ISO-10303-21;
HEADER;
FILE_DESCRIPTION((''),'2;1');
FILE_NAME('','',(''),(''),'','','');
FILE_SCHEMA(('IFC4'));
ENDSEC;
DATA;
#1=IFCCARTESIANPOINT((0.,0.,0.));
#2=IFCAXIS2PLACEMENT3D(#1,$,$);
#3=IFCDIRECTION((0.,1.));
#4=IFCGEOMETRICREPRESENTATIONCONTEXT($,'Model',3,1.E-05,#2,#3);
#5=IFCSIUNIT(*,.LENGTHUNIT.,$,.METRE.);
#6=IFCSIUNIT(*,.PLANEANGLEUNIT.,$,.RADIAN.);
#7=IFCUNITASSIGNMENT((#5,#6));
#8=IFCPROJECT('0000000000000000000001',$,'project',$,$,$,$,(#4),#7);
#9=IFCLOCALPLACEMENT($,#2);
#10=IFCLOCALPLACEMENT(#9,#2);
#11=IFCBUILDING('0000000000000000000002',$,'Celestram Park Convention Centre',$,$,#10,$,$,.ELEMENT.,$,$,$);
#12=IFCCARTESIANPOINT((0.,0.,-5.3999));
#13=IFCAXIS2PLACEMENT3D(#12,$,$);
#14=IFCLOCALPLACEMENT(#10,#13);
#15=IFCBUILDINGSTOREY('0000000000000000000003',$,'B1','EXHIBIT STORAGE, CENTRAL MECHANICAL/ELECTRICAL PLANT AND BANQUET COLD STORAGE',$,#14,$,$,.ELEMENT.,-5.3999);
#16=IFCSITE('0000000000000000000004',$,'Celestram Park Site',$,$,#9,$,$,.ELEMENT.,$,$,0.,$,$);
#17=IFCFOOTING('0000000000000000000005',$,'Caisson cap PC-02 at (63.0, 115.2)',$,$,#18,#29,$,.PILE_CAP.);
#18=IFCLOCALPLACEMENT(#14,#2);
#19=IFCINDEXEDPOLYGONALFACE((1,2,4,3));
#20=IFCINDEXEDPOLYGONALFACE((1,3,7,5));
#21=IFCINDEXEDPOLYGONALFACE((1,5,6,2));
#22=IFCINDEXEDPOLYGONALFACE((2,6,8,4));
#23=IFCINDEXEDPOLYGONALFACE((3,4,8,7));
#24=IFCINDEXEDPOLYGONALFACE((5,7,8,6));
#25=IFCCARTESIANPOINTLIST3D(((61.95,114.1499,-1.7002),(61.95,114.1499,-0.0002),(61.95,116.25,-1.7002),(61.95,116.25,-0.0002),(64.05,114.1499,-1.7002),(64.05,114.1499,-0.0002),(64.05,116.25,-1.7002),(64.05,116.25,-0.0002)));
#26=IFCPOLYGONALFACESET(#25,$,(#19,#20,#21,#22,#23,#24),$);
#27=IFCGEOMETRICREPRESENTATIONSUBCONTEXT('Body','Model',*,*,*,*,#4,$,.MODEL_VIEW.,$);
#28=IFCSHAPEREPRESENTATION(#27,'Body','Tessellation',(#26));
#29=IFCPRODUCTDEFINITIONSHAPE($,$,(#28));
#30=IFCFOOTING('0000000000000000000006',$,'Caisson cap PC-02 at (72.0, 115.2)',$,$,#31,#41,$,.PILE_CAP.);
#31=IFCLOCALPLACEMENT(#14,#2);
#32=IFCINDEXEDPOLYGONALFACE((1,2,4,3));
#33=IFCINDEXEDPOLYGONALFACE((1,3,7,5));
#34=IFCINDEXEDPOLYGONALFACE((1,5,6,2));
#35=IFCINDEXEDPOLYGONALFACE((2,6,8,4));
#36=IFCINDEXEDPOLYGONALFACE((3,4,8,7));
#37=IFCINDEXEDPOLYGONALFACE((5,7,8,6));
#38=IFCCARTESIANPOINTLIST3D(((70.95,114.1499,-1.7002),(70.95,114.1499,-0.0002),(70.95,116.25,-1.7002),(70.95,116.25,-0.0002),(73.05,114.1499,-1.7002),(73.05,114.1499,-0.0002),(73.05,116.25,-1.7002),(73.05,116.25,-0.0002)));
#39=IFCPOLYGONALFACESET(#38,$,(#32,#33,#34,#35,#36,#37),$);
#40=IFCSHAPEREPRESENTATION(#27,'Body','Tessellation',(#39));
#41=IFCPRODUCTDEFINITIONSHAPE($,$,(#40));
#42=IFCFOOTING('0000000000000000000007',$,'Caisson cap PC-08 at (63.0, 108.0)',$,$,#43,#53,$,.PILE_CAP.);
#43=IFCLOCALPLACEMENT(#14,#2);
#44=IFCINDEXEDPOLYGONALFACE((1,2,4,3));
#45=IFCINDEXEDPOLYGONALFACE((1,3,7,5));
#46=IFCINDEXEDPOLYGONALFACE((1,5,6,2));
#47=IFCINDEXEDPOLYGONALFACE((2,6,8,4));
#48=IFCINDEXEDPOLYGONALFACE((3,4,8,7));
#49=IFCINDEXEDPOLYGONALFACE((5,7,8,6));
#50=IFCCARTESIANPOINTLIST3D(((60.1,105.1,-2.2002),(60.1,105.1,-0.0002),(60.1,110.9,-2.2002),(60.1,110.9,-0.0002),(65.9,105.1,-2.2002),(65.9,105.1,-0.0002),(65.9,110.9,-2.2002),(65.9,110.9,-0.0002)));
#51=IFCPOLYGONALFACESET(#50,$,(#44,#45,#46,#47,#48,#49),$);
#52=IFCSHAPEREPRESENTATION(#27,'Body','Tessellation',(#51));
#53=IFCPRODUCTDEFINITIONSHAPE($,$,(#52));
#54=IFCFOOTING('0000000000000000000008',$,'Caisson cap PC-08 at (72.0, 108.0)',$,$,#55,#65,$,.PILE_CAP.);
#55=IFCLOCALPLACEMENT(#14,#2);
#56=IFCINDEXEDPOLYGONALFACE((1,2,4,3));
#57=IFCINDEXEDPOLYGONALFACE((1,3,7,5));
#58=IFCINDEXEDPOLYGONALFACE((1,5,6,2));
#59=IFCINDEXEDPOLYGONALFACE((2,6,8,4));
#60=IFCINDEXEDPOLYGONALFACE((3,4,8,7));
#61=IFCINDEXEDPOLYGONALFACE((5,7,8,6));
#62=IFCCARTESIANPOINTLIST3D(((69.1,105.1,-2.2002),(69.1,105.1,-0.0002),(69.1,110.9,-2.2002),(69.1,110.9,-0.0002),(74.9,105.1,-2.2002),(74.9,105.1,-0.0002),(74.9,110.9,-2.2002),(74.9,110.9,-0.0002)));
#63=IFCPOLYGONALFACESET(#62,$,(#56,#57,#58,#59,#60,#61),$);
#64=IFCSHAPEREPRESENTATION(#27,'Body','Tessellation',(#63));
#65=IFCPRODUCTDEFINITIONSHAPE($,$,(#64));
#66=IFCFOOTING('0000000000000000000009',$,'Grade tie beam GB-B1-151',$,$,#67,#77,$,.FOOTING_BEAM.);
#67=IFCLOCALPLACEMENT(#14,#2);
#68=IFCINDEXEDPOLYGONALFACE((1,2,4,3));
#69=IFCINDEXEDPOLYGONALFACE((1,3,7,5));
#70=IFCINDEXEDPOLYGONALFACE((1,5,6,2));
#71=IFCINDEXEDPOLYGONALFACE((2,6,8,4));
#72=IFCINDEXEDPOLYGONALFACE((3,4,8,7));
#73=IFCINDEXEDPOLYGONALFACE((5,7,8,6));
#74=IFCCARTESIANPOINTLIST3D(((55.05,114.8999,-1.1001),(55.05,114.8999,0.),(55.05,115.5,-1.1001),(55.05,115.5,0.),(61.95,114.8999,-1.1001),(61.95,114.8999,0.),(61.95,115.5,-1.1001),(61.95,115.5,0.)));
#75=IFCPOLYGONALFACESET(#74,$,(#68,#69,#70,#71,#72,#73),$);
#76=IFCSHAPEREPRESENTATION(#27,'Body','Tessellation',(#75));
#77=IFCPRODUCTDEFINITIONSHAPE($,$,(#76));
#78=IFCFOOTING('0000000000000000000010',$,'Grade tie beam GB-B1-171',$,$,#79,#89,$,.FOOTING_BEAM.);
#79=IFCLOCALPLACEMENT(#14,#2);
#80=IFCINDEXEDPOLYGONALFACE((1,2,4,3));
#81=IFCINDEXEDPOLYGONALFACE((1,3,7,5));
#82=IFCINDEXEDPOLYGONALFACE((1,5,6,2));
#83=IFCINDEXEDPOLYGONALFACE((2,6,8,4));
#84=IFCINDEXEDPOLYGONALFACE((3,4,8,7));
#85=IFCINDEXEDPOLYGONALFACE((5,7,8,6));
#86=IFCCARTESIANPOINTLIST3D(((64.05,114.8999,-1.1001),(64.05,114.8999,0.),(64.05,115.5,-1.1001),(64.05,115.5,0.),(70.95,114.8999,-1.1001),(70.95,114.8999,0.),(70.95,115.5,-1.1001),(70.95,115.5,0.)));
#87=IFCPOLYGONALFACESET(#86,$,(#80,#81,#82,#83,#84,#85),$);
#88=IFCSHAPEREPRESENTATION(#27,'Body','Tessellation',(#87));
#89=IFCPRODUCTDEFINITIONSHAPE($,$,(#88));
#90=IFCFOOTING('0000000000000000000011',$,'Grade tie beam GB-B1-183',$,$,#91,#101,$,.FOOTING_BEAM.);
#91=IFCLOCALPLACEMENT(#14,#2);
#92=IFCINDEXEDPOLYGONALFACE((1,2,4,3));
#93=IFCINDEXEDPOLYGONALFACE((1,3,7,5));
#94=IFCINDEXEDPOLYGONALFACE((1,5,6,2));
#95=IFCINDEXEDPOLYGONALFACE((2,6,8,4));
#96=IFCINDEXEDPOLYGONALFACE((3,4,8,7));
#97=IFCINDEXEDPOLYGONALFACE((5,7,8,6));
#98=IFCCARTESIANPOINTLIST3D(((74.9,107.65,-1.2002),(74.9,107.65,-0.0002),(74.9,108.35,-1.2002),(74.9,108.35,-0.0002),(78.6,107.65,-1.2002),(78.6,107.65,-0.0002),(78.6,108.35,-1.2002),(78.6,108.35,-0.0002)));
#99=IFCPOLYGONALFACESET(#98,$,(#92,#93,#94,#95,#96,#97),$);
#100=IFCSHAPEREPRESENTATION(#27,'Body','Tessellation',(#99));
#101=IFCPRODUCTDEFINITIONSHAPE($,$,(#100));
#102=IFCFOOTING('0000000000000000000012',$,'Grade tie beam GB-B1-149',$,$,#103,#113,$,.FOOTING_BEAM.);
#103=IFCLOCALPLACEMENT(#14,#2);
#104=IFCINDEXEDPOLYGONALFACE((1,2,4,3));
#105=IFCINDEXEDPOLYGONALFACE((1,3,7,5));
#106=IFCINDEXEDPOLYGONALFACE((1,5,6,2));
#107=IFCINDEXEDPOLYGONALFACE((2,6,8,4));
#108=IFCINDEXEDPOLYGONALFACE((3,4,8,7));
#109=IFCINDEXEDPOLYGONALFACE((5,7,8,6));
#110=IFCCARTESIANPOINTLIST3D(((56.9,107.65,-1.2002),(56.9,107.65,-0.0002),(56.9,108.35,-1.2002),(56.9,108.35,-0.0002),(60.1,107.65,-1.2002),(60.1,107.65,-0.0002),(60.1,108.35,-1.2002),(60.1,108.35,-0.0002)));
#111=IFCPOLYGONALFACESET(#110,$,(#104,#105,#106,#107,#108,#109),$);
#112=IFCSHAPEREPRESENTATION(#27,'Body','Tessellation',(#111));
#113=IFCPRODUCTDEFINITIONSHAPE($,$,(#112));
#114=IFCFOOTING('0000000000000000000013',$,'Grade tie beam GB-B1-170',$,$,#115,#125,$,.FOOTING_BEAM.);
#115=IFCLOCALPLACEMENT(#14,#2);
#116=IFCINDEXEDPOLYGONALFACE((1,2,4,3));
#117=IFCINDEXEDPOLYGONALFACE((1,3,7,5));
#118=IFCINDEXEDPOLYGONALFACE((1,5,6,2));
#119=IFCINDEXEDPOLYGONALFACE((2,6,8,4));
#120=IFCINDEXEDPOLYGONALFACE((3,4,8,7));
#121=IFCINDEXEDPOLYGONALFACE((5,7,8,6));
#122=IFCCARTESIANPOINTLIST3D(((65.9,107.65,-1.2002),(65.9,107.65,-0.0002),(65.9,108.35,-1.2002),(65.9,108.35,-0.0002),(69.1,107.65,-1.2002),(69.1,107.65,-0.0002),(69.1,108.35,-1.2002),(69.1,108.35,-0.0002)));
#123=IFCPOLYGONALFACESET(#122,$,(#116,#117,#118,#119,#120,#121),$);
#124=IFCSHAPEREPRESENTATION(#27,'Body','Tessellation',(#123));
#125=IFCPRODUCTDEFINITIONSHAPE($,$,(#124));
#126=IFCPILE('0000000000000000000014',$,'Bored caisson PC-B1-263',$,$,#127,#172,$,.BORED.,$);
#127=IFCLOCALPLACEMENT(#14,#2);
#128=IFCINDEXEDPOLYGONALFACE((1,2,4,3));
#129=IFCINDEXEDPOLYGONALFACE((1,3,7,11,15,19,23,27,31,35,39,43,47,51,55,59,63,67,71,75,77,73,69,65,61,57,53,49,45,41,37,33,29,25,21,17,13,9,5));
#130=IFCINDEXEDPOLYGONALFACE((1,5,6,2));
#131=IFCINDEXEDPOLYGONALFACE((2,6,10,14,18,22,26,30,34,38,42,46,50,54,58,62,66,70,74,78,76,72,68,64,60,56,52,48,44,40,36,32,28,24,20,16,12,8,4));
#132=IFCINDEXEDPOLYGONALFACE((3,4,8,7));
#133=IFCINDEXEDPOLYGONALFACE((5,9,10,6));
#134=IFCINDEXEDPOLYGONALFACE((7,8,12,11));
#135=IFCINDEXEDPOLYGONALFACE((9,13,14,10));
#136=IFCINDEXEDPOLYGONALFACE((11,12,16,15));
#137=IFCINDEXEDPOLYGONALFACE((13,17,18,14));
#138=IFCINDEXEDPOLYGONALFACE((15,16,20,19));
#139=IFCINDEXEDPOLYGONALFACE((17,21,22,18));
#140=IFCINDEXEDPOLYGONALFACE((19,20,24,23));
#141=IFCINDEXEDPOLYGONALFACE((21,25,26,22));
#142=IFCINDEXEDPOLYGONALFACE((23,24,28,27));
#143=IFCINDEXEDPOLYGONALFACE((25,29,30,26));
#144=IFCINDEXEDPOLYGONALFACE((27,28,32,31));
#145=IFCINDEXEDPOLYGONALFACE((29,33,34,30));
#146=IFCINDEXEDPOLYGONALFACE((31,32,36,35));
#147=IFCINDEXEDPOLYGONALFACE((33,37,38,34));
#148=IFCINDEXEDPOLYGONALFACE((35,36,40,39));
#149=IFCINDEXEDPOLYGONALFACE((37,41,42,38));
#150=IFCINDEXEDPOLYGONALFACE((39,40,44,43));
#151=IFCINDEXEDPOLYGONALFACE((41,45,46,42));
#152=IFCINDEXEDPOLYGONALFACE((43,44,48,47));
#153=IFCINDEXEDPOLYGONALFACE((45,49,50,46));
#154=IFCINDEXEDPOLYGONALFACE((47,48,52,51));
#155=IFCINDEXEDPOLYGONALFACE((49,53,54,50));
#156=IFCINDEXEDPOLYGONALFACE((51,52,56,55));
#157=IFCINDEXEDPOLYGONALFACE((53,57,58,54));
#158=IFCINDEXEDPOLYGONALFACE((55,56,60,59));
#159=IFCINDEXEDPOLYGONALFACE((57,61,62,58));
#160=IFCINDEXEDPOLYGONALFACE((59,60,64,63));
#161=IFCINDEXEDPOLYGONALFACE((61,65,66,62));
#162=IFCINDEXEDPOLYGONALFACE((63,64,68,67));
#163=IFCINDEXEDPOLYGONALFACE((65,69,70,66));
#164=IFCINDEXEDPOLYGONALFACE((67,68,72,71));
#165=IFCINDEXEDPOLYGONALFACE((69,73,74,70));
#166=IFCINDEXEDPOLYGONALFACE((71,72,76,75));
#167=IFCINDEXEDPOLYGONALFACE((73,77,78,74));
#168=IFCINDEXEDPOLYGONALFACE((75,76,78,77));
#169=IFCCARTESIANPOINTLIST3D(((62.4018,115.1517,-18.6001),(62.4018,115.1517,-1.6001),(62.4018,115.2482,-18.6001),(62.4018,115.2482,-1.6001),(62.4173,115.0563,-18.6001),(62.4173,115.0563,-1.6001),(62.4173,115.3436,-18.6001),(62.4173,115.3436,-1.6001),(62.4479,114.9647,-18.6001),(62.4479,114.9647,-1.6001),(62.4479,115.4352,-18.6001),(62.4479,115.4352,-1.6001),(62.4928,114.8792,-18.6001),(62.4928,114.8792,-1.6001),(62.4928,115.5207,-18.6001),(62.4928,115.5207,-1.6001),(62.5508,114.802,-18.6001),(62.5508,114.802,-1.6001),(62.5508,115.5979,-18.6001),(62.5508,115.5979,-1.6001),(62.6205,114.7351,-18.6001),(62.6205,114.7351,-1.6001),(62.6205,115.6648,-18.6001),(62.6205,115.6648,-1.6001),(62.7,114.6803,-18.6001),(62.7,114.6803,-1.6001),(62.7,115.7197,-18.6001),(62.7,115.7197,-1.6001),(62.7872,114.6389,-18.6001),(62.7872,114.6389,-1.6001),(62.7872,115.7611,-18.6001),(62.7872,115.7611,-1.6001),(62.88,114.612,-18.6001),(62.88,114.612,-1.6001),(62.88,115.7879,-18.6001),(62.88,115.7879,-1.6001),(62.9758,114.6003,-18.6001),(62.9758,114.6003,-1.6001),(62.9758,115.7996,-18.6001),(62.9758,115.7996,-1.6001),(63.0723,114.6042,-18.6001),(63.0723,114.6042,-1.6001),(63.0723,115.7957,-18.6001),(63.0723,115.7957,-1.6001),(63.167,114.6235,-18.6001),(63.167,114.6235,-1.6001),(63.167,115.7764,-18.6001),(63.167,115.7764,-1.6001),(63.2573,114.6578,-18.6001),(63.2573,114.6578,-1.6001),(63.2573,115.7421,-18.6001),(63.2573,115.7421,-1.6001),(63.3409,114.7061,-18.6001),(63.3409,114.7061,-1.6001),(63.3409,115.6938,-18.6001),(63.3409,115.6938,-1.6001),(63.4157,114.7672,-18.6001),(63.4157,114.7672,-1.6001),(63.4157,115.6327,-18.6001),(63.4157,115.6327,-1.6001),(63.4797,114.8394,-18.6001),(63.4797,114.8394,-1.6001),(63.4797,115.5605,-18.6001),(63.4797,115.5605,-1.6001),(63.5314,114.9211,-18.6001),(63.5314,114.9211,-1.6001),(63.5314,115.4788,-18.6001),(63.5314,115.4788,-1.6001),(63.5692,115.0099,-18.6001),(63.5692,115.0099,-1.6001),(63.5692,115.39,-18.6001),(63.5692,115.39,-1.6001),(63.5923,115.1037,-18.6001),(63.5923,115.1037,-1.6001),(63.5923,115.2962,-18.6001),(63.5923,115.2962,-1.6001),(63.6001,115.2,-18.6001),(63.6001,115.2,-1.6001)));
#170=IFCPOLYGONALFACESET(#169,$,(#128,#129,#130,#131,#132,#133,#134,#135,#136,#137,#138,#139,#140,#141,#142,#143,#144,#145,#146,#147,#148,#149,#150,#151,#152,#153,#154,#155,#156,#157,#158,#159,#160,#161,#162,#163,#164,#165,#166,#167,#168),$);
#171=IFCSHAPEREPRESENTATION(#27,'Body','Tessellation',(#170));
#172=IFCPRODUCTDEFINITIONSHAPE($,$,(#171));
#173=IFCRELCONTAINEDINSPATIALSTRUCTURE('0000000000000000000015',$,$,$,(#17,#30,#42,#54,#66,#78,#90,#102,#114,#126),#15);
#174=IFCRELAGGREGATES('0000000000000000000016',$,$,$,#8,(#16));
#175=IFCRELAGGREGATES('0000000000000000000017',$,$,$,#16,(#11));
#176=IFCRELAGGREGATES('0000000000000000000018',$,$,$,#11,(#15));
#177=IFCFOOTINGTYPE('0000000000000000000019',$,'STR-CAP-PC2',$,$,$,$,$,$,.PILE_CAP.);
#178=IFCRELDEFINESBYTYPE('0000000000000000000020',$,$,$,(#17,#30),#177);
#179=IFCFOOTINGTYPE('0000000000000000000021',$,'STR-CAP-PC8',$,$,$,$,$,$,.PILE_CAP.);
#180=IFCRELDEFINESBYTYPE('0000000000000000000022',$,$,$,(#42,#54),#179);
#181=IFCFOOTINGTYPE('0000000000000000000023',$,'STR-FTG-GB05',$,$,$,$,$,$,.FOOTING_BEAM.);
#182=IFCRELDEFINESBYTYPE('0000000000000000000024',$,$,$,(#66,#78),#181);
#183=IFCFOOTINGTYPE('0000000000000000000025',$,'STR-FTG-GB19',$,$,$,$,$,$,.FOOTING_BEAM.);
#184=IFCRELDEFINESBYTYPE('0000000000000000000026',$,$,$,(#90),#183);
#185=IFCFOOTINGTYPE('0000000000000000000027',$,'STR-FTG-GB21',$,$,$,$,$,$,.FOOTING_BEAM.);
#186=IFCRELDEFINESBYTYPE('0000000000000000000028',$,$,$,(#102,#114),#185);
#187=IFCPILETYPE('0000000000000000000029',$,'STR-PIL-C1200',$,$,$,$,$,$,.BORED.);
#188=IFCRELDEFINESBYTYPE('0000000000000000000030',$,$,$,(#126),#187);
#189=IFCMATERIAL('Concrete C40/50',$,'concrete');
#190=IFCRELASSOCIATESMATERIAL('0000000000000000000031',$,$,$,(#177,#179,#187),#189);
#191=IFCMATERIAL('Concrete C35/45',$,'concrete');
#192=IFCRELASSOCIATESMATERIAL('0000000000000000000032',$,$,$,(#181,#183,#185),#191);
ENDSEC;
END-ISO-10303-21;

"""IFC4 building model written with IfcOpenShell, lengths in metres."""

from ifc_helpers import new_model, si_unit, direction, frame, origin, origin_2d, place, context, subcontext, project, spatial, rectangle, circle, extrude, material, material_profile, profile_set, type_object, element, save


model = new_model("IFC4")

# Units and contexts
model_context = context("Model", 3, precision=1e-05, world=origin(), true_north=direction((0.0, 1.0)))
body_context = subcontext(model_context, "Body", "Model", "MODEL_VIEW")
ifc_project = project(units=[si_unit("LENGTHUNIT", "METRE"), si_unit("PLANEANGLEUNIT", "RADIAN")], contexts=[model_context])

# Site, building, storey
site_placement = place(None, origin())
site = spatial("IfcSite", under=ifc_project, at=site_placement, Name="Celestram Park Site", CompositionType="ELEMENT", RefElevation=0.0)
building_placement = place(site_placement, origin())
building = spatial("IfcBuilding", under=site, at=building_placement, Name="Celestram Park Convention Centre", CompositionType="ELEMENT")
storey_placement = place(building_placement, frame((0.0, 0.0, -5.3999)))
storey = spatial("IfcBuildingStorey", under=building, at=storey_placement, Name="B1", Description="EXHIBIT STORAGE, CENTRAL MECHANICAL/ELECTRICAL PLANT AND BANQUET COLD STORAGE", CompositionType="ELEMENT", Elevation=-5.3999)

# Footings
ifc_material_1 = material(Name="Concrete C40/50", Category="concrete")
footing_type_1 = type_object("IfcFootingType", Name="STR-CAP-PC2", PredefinedType="PILE_CAP", material=ifc_material_1)
for number, where, z_axis, x_axis, name in (
    (1, (63.0, 115.2, -1.7002), (0.0, 0.0, 1.0), (1.0, 0.0, 0.0), "Caisson cap PC-02 at (63.0, 115.2)"),
    (2, (72.0, 115.2, -1.7002), (0.0, 0.0, 1.0), (1.0, 0.0, 0.0), "Caisson cap PC-02 at (72.0, 115.2)"),
):
    element("IfcFooting", number, at=place(storey_placement, frame(where, z_axis=z_axis, x_axis=x_axis)), inside=storey, type_object=footing_type_1, Name=name, PredefinedType="PILE_CAP", context=body_context, shape_type="SweptSolid", body=[
        extrude(rectangle(XDim=2.1001, YDim=2.1001, at=origin_2d()), origin(), (0.0, 0.0, 1.0), 1.7),
    ])
footing_type_2 = type_object("IfcFootingType", Name="STR-CAP-PC8", PredefinedType="PILE_CAP", material=ifc_material_1)
for number, where, z_axis, x_axis, name in (
    (3, (63.0, 108.0, -2.2002), (0.0, 0.0, 1.0), (1.0, 0.0, 0.0), "Caisson cap PC-08 at (63.0, 108.0)"),
    (4, (72.0, 108.0, -2.2002), (0.0, 0.0, 1.0), (1.0, 0.0, 0.0), "Caisson cap PC-08 at (72.0, 108.0)"),
):
    element("IfcFooting", number, at=place(storey_placement, frame(where, z_axis=z_axis, x_axis=x_axis)), inside=storey, type_object=footing_type_2, Name=name, PredefinedType="PILE_CAP", context=body_context, shape_type="SweptSolid", body=[
        extrude(rectangle(XDim=5.8, YDim=5.8, at=origin_2d()), origin(), (0.0, 0.0, 1.0), 2.2),
    ])
ifc_material_2 = material(Name="Concrete C35/45", Category="concrete")
footing_type_3 = type_object("IfcFootingType", Name="STR-FTG-GB05", PredefinedType="FOOTING_BEAM", material=ifc_material_2)
for number, where, z_axis, x_axis, name in (
    (5, (58.5, 115.2, -1.1001), (0.0, 0.0, 1.0), (1.0, 0.0, 0.0), "Grade tie beam GB-B1-151"),
    (6, (67.5, 115.2, -1.1001), (0.0, 0.0, 1.0), (1.0, 0.0, 0.0), "Grade tie beam GB-B1-171"),
):
    element("IfcFooting", number, at=place(storey_placement, frame(where, z_axis=z_axis, x_axis=x_axis)), inside=storey, type_object=footing_type_3, Name=name, PredefinedType="FOOTING_BEAM", context=body_context, shape_type="SweptSolid", body=[
        extrude(rectangle(XDim=6.8999, YDim=0.6001, at=origin_2d()), origin(), (0.0, 0.0, 1.0), 1.1001),
    ])
footing_type_4 = type_object("IfcFootingType", Name="STR-FTG-GB19", PredefinedType="FOOTING_BEAM", material=ifc_material_2)
footing_placement = place(storey_placement, frame((76.75, 108.0, -1.2002), z_axis=(0.0, 0.0, 1.0), x_axis=(1.0, 0.0, 0.0)))
element("IfcFooting", 7, at=footing_placement, inside=storey, type_object=footing_type_4, Name="Grade tie beam GB-B1-183", PredefinedType="FOOTING_BEAM", context=body_context, shape_type="SweptSolid", body=[
    extrude(rectangle(XDim=3.7, YDim=0.7, at=origin_2d()), origin(), (0.0, 0.0, 1.0), 1.2),
])
footing_type_5 = type_object("IfcFootingType", Name="STR-FTG-GB21", PredefinedType="FOOTING_BEAM", material=ifc_material_2)
for number, where, z_axis, x_axis, name in (
    (8, (58.5, 108.0, -1.2002), (0.0, 0.0, 1.0), (1.0, 0.0, 0.0), "Grade tie beam GB-B1-149"),
    (9, (67.5, 108.0, -1.2002), (0.0, 0.0, 1.0), (1.0, 0.0, 0.0), "Grade tie beam GB-B1-170"),
):
    element("IfcFooting", number, at=place(storey_placement, frame(where, z_axis=z_axis, x_axis=x_axis)), inside=storey, type_object=footing_type_5, Name=name, PredefinedType="FOOTING_BEAM", context=body_context, shape_type="SweptSolid", body=[
        extrude(rectangle(XDim=3.2, YDim=0.7, at=origin_2d()), origin(), (0.0, 0.0, 1.0), 1.2),
    ])

# Pile
ifc_material_profile_1 = material_profile(ifc_material_1, circle(Radius=0.6001, at=origin_2d()), Name="CAISSON1200")
ifc_profile_set_1 = profile_set([ifc_material_profile_1], Name="Concrete C40/50")
pile_type_1 = type_object("IfcPileType", Name="STR-PIL-C1200", PredefinedType="BORED", material=ifc_profile_set_1)
for number, where, z_axis, x_axis, name in (
    (10, (63.0, 115.2, -1.6001), (0.0, 0.0, -1.0), (1.0, 0.0, 0.0), "Bored caisson PC-B1-263"),
):
    element("IfcPile", number, at=place(storey_placement, frame(where, z_axis=z_axis, x_axis=x_axis)), inside=storey, type_object=pile_type_1, Name=name, PredefinedType="BORED", context=body_context, shape_type="SweptSolid", body=[
        extrude(circle(Radius=0.6001, at=origin_2d()), origin(), (0.0, 0.0, 1.0), 17.0),
    ])

save(model, "model.ifc")
